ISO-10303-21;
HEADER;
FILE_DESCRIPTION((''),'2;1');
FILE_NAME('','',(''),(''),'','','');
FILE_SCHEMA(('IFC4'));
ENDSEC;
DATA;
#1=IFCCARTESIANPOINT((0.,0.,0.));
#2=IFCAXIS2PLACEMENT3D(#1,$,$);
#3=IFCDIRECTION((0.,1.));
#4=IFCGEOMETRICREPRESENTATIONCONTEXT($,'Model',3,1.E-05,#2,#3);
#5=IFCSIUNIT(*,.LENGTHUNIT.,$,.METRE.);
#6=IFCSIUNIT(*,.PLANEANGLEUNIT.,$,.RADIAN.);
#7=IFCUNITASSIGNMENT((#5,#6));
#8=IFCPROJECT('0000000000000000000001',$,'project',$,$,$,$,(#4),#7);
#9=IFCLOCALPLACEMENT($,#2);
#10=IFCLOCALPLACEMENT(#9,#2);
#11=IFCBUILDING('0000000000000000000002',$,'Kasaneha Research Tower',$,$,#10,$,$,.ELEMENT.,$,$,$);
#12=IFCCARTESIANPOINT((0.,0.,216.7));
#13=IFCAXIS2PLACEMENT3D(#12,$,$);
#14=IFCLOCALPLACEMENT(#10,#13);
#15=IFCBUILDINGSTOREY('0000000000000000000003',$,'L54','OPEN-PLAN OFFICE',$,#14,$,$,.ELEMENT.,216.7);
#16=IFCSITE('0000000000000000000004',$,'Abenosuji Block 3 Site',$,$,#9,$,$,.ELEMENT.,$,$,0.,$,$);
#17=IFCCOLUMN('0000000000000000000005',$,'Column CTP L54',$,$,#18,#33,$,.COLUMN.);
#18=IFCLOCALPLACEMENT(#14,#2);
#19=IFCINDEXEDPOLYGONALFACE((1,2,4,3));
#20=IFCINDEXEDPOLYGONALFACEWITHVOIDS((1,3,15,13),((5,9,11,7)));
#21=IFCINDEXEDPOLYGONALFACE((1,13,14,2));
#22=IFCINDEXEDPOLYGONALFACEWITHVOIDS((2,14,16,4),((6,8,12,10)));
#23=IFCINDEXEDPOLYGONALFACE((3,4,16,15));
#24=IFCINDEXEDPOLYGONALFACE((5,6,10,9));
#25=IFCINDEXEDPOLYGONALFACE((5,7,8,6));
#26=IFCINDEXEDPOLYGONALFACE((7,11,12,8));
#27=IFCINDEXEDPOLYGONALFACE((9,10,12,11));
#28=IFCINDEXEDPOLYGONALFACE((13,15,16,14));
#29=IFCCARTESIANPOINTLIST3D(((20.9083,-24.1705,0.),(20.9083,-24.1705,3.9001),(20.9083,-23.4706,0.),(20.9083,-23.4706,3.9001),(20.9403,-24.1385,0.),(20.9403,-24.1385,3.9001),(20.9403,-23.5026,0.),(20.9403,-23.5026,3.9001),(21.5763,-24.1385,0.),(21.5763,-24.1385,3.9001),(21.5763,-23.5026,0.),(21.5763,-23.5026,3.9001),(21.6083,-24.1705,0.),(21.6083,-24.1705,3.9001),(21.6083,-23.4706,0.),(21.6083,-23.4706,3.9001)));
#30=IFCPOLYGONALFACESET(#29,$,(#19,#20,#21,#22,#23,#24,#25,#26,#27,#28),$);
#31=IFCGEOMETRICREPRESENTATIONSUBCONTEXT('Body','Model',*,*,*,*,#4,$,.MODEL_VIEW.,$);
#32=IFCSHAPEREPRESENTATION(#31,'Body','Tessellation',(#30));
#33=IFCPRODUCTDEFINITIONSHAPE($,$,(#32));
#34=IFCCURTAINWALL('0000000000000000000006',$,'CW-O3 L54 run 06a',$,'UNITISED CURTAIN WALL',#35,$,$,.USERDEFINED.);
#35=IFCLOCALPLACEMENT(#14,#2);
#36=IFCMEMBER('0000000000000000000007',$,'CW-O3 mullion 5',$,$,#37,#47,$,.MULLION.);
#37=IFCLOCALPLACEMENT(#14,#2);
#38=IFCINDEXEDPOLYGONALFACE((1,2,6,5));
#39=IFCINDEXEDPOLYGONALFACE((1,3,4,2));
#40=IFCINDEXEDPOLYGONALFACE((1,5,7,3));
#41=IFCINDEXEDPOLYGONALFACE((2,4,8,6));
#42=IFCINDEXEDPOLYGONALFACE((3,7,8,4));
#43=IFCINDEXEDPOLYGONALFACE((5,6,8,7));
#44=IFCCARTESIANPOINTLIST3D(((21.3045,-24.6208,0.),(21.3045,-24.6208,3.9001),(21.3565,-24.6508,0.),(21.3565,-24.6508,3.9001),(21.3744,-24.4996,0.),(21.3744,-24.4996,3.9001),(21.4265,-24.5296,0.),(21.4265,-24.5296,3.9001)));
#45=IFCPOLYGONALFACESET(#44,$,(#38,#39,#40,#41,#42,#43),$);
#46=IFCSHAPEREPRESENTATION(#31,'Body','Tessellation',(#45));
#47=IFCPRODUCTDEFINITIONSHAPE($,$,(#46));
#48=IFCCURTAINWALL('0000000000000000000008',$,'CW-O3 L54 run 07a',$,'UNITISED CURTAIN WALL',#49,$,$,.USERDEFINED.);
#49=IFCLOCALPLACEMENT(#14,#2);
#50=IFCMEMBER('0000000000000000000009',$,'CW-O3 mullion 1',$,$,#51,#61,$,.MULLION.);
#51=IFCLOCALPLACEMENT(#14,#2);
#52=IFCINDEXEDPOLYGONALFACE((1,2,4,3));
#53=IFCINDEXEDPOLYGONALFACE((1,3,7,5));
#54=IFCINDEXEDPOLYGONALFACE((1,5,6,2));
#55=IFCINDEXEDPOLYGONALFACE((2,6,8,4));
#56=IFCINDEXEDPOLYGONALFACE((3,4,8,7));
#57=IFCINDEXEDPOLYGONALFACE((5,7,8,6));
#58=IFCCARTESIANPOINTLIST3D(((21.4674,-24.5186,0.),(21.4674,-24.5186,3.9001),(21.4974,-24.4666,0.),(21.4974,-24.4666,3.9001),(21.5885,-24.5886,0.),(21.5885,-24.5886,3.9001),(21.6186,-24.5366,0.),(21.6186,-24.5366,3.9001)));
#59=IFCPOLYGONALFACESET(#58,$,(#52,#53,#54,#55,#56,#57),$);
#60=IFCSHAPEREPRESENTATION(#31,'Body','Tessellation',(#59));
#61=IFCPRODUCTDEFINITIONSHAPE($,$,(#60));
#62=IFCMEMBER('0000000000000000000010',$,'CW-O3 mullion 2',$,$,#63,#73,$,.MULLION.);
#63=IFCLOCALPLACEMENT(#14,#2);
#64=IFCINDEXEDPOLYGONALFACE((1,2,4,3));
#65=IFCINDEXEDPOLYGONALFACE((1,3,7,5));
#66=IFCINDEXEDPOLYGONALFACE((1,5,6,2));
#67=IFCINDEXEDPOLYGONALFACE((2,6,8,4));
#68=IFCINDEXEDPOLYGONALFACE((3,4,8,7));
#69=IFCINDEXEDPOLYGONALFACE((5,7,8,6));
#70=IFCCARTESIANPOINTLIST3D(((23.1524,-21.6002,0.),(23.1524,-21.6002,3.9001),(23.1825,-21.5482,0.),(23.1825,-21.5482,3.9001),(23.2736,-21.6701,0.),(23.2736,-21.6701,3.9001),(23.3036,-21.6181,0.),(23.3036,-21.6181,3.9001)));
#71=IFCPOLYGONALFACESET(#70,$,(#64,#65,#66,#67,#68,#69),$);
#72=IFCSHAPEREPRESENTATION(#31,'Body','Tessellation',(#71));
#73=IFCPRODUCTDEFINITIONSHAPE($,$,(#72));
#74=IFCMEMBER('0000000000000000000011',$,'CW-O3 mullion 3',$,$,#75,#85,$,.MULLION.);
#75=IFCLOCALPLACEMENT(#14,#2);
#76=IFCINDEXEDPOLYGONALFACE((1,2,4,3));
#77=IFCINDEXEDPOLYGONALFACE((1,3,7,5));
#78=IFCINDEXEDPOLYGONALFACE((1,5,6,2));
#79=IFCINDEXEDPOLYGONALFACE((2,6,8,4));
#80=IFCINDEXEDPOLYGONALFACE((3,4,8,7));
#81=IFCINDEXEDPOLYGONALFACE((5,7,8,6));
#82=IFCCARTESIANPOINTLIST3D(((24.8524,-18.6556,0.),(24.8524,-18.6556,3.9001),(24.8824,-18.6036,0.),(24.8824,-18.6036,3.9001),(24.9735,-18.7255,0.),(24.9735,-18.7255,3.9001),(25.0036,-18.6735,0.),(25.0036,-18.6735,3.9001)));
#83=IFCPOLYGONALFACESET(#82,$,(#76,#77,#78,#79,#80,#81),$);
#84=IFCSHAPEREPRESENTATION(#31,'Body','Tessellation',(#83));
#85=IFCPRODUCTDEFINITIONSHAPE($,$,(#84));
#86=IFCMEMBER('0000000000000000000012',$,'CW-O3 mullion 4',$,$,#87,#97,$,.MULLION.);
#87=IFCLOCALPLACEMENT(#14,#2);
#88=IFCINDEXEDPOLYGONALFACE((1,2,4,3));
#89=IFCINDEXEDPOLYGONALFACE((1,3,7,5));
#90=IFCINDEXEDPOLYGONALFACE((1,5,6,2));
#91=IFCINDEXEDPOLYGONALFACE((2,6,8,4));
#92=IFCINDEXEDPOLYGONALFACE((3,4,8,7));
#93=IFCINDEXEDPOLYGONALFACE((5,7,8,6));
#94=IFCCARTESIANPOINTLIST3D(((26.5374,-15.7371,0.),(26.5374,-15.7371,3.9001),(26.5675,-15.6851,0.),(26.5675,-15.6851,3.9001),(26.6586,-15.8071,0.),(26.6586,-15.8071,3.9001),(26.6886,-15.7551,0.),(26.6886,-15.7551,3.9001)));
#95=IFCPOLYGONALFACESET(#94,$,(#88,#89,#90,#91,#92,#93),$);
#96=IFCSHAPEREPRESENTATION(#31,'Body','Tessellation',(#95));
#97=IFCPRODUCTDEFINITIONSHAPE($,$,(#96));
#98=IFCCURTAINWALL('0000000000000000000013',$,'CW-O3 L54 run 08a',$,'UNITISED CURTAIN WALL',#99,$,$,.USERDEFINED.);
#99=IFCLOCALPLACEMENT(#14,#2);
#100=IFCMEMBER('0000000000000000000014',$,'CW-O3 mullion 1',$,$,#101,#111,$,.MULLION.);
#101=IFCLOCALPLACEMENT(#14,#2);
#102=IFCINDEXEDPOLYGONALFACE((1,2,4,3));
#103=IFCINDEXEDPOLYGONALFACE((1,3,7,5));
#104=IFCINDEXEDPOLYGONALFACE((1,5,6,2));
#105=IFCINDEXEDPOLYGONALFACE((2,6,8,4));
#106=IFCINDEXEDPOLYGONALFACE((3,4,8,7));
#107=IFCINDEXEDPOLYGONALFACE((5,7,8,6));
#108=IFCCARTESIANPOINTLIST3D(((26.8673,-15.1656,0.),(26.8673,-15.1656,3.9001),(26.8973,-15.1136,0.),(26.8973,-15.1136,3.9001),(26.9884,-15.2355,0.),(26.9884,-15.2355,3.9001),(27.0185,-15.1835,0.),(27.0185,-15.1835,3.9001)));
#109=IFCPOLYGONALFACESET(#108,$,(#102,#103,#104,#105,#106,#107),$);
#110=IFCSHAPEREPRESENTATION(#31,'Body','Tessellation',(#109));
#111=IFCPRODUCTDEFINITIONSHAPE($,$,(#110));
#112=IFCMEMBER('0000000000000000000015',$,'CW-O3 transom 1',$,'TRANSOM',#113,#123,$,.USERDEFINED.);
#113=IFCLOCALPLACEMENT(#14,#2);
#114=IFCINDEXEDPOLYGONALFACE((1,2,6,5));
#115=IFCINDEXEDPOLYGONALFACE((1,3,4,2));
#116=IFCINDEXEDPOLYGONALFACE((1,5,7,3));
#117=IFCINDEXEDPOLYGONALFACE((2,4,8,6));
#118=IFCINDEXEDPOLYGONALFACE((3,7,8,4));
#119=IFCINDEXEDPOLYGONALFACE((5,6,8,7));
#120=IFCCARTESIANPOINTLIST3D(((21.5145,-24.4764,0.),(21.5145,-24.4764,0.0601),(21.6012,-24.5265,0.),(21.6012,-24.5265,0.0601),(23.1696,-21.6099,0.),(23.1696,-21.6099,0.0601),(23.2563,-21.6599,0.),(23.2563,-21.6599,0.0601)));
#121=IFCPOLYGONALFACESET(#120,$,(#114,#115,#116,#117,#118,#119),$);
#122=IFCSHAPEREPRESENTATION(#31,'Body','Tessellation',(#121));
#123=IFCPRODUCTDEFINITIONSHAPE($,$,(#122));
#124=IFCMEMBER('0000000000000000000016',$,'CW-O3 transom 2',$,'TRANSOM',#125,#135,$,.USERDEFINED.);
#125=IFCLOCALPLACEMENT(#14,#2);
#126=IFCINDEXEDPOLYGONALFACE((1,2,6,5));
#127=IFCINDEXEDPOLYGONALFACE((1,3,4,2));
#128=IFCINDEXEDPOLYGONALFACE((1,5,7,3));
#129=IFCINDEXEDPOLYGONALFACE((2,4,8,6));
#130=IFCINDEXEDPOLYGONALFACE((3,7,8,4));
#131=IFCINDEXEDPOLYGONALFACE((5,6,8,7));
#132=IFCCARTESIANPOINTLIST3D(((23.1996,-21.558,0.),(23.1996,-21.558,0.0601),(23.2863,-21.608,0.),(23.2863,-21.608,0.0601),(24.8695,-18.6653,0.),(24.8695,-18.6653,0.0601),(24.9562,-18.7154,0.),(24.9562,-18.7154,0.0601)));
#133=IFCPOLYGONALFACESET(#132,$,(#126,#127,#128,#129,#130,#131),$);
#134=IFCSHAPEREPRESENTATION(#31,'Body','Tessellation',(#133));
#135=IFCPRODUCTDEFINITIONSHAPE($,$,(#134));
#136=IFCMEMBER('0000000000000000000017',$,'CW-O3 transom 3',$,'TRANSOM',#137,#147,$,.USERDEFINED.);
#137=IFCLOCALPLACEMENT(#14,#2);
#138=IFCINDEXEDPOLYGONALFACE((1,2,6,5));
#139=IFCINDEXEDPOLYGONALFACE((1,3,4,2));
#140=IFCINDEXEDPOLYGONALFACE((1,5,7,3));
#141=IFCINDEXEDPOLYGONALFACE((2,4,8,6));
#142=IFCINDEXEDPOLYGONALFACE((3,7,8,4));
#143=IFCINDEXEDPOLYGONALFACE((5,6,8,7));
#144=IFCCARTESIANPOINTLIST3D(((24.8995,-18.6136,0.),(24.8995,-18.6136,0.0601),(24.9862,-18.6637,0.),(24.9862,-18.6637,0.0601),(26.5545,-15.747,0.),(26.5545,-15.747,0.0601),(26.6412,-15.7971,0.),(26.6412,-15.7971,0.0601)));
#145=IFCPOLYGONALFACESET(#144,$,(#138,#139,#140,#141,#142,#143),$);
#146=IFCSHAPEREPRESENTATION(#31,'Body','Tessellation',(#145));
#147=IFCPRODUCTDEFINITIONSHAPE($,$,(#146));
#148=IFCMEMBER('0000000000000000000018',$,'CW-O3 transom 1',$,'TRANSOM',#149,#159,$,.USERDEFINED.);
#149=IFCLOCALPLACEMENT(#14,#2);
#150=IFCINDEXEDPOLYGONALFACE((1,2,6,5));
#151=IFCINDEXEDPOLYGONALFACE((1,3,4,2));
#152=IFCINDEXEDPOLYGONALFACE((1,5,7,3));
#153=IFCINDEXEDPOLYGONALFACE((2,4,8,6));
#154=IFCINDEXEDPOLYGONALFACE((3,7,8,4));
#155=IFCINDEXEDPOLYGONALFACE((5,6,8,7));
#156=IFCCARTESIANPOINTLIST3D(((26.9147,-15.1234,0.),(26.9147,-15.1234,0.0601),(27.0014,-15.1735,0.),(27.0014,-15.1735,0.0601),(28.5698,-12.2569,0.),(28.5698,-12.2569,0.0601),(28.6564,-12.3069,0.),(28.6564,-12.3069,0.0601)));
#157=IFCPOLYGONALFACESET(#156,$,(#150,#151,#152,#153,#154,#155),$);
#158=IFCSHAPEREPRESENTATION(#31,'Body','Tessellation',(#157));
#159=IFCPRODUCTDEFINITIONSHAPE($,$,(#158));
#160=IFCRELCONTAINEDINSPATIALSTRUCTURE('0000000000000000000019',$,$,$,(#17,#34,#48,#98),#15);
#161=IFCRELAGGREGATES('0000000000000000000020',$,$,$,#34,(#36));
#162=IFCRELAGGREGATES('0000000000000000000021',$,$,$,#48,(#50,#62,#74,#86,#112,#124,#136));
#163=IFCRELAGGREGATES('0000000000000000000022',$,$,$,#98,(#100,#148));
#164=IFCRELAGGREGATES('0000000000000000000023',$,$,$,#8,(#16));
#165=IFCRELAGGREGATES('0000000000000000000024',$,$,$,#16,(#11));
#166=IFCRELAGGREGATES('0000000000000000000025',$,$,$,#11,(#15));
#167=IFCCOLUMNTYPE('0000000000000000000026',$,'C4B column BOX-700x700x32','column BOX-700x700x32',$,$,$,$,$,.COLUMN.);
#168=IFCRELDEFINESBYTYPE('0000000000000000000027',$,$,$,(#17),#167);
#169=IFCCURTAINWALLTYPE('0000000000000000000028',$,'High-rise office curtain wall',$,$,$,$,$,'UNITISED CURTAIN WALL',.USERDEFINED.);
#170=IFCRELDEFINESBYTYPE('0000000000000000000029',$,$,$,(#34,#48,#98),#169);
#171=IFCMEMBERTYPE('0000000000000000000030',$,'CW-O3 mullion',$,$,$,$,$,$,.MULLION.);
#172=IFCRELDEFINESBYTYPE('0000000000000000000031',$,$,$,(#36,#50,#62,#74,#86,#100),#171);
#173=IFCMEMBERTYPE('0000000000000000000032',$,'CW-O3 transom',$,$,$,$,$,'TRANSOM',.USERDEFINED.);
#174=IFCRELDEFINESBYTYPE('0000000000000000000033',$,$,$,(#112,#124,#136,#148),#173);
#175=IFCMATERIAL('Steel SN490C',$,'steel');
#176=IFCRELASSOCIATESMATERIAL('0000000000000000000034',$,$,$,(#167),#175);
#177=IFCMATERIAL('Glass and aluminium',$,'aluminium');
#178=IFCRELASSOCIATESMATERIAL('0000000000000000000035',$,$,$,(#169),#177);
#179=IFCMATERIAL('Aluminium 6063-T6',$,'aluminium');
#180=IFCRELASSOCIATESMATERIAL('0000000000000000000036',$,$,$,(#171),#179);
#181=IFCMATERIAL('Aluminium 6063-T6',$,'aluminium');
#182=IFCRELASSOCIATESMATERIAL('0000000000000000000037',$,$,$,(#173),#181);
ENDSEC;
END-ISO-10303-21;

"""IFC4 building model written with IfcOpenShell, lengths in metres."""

from ifc_helpers import new_model, si_unit, direction, frame, origin, origin_2d, place, context, subcontext, project, spatial, rectangle, hollow_rectangle, extrude, material, material_profile, profile_set, type_object, element, aggregate, save


model = new_model("IFC4")

# Units and contexts
model_context = context("Model", 3, precision=1e-05, world=origin(), true_north=direction((0.0, 1.0)))
body_context = subcontext(model_context, "Body", "Model", "MODEL_VIEW")
ifc_project = project(units=[si_unit("LENGTHUNIT", "METRE"), si_unit("PLANEANGLEUNIT", "RADIAN")], contexts=[model_context])

# Site, building, storey
site_placement = place(None, origin())
site = spatial("IfcSite", under=ifc_project, at=site_placement, Name="Abenosuji Block 3 Site", CompositionType="ELEMENT", RefElevation=0.0)
building_placement = place(site_placement, origin())
building = spatial("IfcBuilding", under=site, at=building_placement, Name="Kasaneha Research Tower", CompositionType="ELEMENT")
storey_placement = place(building_placement, frame((0.0, 0.0, 216.7)))
storey = spatial("IfcBuildingStorey", under=building, at=storey_placement, Name="L54", Description="OPEN-PLAN OFFICE", CompositionType="ELEMENT", Elevation=216.7)

# Column
ifc_material_1 = material(Name="Steel SN490C", Category="steel")
ifc_material_profile_1 = material_profile(ifc_material_1, hollow_rectangle(XDim=0.7, YDim=0.7, WallThickness=0.032, at=origin_2d()), Name="BOX-700x700x32")
ifc_profile_set_1 = profile_set([ifc_material_profile_1], Name="Steel SN490C")
column_type = type_object("IfcColumnType", Name="C4B column BOX-700x700x32", Description="column BOX-700x700x32", PredefinedType="COLUMN", material=ifc_profile_set_1)
column_placement = place(storey_placement, frame((21.2583, -23.8206, 0.0), z_axis=(0.0, 0.0, 1.0), x_axis=(1.0, 0.0, 0.0)))
element("IfcColumn", 1, at=column_placement, inside=storey, type_object=column_type, Name="Column CTP L54", PredefinedType="COLUMN", context=body_context, shape_type="SweptSolid", body=[
    extrude(hollow_rectangle(XDim=0.7, YDim=0.7, WallThickness=0.032, at=origin_2d()), origin(), (0.0, 0.0, 1.0), 3.9001),
])

# Curtain wall, member
ifc_material_2 = material(Name="Glass and aluminium", Category="aluminium")
curtain_wall_type = type_object("IfcCurtainWallType", Name="High-rise office curtain wall", ElementType="UNITISED CURTAIN WALL", PredefinedType="USERDEFINED", material=ifc_material_2)
curtain_wall_1_placement = place(storey_placement, origin())
curtain_wall_1 = element("IfcCurtainWall", 2, at=curtain_wall_1_placement, inside=storey, type_object=curtain_wall_type, Name="CW-O3 L54 run 06a", ObjectType="UNITISED CURTAIN WALL", PredefinedType="USERDEFINED")
ifc_material_3 = material(Name="Aluminium 6063-T6", Category="aluminium")
ifc_material_profile_2 = material_profile(ifc_material_3, rectangle(XDim=0.0601, YDim=0.1399, at=origin_2d()), Name="CW-O3 mullion 60x140")
ifc_profile_set_2 = profile_set([ifc_material_profile_2], Name="Aluminium 6063-T6")
member_type_1 = type_object("IfcMemberType", Name="CW-O3 mullion", PredefinedType="MULLION", material=ifc_profile_set_2)
member_1_placement = place(storey_placement, frame((21.3655, -24.5752, 0.0), z_axis=(0.0, 0.0, 1.0), x_axis=(0.866025, -0.5, 0.0)))
member_1 = element("IfcMember", 3, at=member_1_placement, type_object=member_type_1, Name="CW-O3 mullion 5", PredefinedType="MULLION", context=body_context, shape_type="SweptSolid", body=[
    extrude(rectangle(XDim=0.0601, YDim=0.1399, at=origin_2d()), origin(), (0.0, 0.0, 1.0), 3.9001),
])

# Curtain wall, members
curtain_wall_2_placement = place(storey_placement, origin())
curtain_wall_2 = element("IfcCurtainWall", 4, at=curtain_wall_2_placement, inside=storey, type_object=curtain_wall_type, Name="CW-O3 L54 run 07a", ObjectType="UNITISED CURTAIN WALL", PredefinedType="USERDEFINED")
member_2_placement = place(storey_placement, frame((21.543, -24.5276, 0.0), z_axis=(0.0, 0.0, 1.0), x_axis=(0.5, 0.866025, 0.0)))
member_2 = element("IfcMember", 5, at=member_2_placement, type_object=member_type_1, Name="CW-O3 mullion 1", PredefinedType="MULLION", context=body_context, shape_type="SweptSolid", body=[
    extrude(rectangle(XDim=0.0601, YDim=0.1399, at=origin_2d()), origin(), (0.0, 0.0, 1.0), 3.9001),
])
member_3_placement = place(storey_placement, frame((23.228, -21.6091, 0.0), z_axis=(0.0, 0.0, 1.0), x_axis=(0.5, 0.866025, 0.0)))
member_3 = element("IfcMember", 6, at=member_3_placement, type_object=member_type_1, Name="CW-O3 mullion 2", PredefinedType="MULLION", context=body_context, shape_type="SweptSolid", body=[
    extrude(rectangle(XDim=0.0601, YDim=0.1399, at=origin_2d()), origin(), (0.0, 0.0, 1.0), 3.9001),
])
member_4_placement = place(storey_placement, frame((24.928, -18.6646, 0.0), z_axis=(0.0, 0.0, 1.0), x_axis=(0.5, 0.866025, 0.0)))
member_4 = element("IfcMember", 7, at=member_4_placement, type_object=member_type_1, Name="CW-O3 mullion 3", PredefinedType="MULLION", context=body_context, shape_type="SweptSolid", body=[
    extrude(rectangle(XDim=0.0601, YDim=0.1399, at=origin_2d()), origin(), (0.0, 0.0, 1.0), 3.9001),
])
member_5_placement = place(storey_placement, frame((26.613, -15.7461, 0.0), z_axis=(0.0, 0.0, 1.0), x_axis=(0.5, 0.866025, 0.0)))
member_5 = element("IfcMember", 8, at=member_5_placement, type_object=member_type_1, Name="CW-O3 mullion 4", PredefinedType="MULLION", context=body_context, shape_type="SweptSolid", body=[
    extrude(rectangle(XDim=0.0601, YDim=0.1399, at=origin_2d()), origin(), (0.0, 0.0, 1.0), 3.9001),
])

# Curtain wall, member
curtain_wall_3_placement = place(storey_placement, origin())
curtain_wall_3 = element("IfcCurtainWall", 9, at=curtain_wall_3_placement, inside=storey, type_object=curtain_wall_type, Name="CW-O3 L54 run 08a", ObjectType="UNITISED CURTAIN WALL", PredefinedType="USERDEFINED")
member_6_placement = place(storey_placement, frame((26.9429, -15.1746, 0.0), z_axis=(0.0, 0.0, 1.0), x_axis=(0.5, 0.866025, 0.0)))
member_6 = element("IfcMember", 10, at=member_6_placement, type_object=member_type_1, Name="CW-O3 mullion 1", PredefinedType="MULLION", context=body_context, shape_type="SweptSolid", body=[
    extrude(rectangle(XDim=0.0601, YDim=0.1399, at=origin_2d()), origin(), (0.0, 0.0, 1.0), 3.9001),
])

# Members
ifc_material_4 = material(Name="Aluminium 6063-T6", Category="aluminium")
ifc_material_profile_3 = material_profile(ifc_material_4, rectangle(XDim=0.1001, YDim=0.0601, at=origin_2d()), Name="CW-O3 transom 100x60")
ifc_profile_set_3 = profile_set([ifc_material_profile_3], Name="Aluminium 6063-T6")
member_type_2 = type_object("IfcMemberType", Name="CW-O3 transom", ElementType="TRANSOM", PredefinedType="USERDEFINED", material=ifc_profile_set_3)
member_7_placement = place(storey_placement, frame((21.5579, -24.5015, 0.03), z_axis=(0.500018, 0.866015, 0.0), x_axis=(-0.866015, 0.500018, 0.0)))
member_7 = element("IfcMember", 11, at=member_7_placement, type_object=member_type_2, Name="CW-O3 transom 1", ObjectType="TRANSOM", PredefinedType="USERDEFINED", context=body_context, shape_type="SweptSolid", body=[
    extrude(rectangle(XDim=0.1001, YDim=0.0601, at=origin_2d()), origin(), (0.0, 0.0, 1.0), 3.3101),
])
member_8_placement = place(storey_placement, frame((23.2429, -21.583, 0.03), z_axis=(0.499976, 0.86604, 0.0), x_axis=(-0.86604, 0.499976, 0.0)))
member_8 = element("IfcMember", 12, at=member_8_placement, type_object=member_type_2, Name="CW-O3 transom 2", ObjectType="TRANSOM", PredefinedType="USERDEFINED", context=body_context, shape_type="SweptSolid", body=[
    extrude(rectangle(XDim=0.1001, YDim=0.0601, at=origin_2d()), origin(), (0.0, 0.0, 1.0), 3.3401),
])
member_9_placement = place(storey_placement, frame((24.9429, -18.6387, 0.03), z_axis=(0.499986, 0.866033, 0.0), x_axis=(-0.866033, 0.499986, 0.0)))
member_9 = element("IfcMember", 13, at=member_9_placement, type_object=member_type_2, Name="CW-O3 transom 3", ObjectType="TRANSOM", PredefinedType="USERDEFINED", context=body_context, shape_type="SweptSolid", body=[
    extrude(rectangle(XDim=0.1001, YDim=0.0601, at=origin_2d()), origin(), (0.0, 0.0, 1.0), 3.3101),
])
member_10_placement = place(storey_placement, frame((26.958, -15.1484, 0.03), z_axis=(0.500018, 0.866015, 0.0), x_axis=(-0.866015, 0.500018, 0.0)))
member_10 = element("IfcMember", 14, at=member_10_placement, type_object=member_type_2, Name="CW-O3 transom 1", ObjectType="TRANSOM", PredefinedType="USERDEFINED", context=body_context, shape_type="SweptSolid", body=[
    extrude(rectangle(XDim=0.1001, YDim=0.0601, at=origin_2d()), origin(), (0.0, 0.0, 1.0), 3.3101),
])

aggregate(curtain_wall_1, [member_1])
aggregate(curtain_wall_2, [member_2, member_3, member_4, member_5, member_7, member_8, member_9])
aggregate(curtain_wall_3, [member_6, member_10])

save(model, "model.ifc")
